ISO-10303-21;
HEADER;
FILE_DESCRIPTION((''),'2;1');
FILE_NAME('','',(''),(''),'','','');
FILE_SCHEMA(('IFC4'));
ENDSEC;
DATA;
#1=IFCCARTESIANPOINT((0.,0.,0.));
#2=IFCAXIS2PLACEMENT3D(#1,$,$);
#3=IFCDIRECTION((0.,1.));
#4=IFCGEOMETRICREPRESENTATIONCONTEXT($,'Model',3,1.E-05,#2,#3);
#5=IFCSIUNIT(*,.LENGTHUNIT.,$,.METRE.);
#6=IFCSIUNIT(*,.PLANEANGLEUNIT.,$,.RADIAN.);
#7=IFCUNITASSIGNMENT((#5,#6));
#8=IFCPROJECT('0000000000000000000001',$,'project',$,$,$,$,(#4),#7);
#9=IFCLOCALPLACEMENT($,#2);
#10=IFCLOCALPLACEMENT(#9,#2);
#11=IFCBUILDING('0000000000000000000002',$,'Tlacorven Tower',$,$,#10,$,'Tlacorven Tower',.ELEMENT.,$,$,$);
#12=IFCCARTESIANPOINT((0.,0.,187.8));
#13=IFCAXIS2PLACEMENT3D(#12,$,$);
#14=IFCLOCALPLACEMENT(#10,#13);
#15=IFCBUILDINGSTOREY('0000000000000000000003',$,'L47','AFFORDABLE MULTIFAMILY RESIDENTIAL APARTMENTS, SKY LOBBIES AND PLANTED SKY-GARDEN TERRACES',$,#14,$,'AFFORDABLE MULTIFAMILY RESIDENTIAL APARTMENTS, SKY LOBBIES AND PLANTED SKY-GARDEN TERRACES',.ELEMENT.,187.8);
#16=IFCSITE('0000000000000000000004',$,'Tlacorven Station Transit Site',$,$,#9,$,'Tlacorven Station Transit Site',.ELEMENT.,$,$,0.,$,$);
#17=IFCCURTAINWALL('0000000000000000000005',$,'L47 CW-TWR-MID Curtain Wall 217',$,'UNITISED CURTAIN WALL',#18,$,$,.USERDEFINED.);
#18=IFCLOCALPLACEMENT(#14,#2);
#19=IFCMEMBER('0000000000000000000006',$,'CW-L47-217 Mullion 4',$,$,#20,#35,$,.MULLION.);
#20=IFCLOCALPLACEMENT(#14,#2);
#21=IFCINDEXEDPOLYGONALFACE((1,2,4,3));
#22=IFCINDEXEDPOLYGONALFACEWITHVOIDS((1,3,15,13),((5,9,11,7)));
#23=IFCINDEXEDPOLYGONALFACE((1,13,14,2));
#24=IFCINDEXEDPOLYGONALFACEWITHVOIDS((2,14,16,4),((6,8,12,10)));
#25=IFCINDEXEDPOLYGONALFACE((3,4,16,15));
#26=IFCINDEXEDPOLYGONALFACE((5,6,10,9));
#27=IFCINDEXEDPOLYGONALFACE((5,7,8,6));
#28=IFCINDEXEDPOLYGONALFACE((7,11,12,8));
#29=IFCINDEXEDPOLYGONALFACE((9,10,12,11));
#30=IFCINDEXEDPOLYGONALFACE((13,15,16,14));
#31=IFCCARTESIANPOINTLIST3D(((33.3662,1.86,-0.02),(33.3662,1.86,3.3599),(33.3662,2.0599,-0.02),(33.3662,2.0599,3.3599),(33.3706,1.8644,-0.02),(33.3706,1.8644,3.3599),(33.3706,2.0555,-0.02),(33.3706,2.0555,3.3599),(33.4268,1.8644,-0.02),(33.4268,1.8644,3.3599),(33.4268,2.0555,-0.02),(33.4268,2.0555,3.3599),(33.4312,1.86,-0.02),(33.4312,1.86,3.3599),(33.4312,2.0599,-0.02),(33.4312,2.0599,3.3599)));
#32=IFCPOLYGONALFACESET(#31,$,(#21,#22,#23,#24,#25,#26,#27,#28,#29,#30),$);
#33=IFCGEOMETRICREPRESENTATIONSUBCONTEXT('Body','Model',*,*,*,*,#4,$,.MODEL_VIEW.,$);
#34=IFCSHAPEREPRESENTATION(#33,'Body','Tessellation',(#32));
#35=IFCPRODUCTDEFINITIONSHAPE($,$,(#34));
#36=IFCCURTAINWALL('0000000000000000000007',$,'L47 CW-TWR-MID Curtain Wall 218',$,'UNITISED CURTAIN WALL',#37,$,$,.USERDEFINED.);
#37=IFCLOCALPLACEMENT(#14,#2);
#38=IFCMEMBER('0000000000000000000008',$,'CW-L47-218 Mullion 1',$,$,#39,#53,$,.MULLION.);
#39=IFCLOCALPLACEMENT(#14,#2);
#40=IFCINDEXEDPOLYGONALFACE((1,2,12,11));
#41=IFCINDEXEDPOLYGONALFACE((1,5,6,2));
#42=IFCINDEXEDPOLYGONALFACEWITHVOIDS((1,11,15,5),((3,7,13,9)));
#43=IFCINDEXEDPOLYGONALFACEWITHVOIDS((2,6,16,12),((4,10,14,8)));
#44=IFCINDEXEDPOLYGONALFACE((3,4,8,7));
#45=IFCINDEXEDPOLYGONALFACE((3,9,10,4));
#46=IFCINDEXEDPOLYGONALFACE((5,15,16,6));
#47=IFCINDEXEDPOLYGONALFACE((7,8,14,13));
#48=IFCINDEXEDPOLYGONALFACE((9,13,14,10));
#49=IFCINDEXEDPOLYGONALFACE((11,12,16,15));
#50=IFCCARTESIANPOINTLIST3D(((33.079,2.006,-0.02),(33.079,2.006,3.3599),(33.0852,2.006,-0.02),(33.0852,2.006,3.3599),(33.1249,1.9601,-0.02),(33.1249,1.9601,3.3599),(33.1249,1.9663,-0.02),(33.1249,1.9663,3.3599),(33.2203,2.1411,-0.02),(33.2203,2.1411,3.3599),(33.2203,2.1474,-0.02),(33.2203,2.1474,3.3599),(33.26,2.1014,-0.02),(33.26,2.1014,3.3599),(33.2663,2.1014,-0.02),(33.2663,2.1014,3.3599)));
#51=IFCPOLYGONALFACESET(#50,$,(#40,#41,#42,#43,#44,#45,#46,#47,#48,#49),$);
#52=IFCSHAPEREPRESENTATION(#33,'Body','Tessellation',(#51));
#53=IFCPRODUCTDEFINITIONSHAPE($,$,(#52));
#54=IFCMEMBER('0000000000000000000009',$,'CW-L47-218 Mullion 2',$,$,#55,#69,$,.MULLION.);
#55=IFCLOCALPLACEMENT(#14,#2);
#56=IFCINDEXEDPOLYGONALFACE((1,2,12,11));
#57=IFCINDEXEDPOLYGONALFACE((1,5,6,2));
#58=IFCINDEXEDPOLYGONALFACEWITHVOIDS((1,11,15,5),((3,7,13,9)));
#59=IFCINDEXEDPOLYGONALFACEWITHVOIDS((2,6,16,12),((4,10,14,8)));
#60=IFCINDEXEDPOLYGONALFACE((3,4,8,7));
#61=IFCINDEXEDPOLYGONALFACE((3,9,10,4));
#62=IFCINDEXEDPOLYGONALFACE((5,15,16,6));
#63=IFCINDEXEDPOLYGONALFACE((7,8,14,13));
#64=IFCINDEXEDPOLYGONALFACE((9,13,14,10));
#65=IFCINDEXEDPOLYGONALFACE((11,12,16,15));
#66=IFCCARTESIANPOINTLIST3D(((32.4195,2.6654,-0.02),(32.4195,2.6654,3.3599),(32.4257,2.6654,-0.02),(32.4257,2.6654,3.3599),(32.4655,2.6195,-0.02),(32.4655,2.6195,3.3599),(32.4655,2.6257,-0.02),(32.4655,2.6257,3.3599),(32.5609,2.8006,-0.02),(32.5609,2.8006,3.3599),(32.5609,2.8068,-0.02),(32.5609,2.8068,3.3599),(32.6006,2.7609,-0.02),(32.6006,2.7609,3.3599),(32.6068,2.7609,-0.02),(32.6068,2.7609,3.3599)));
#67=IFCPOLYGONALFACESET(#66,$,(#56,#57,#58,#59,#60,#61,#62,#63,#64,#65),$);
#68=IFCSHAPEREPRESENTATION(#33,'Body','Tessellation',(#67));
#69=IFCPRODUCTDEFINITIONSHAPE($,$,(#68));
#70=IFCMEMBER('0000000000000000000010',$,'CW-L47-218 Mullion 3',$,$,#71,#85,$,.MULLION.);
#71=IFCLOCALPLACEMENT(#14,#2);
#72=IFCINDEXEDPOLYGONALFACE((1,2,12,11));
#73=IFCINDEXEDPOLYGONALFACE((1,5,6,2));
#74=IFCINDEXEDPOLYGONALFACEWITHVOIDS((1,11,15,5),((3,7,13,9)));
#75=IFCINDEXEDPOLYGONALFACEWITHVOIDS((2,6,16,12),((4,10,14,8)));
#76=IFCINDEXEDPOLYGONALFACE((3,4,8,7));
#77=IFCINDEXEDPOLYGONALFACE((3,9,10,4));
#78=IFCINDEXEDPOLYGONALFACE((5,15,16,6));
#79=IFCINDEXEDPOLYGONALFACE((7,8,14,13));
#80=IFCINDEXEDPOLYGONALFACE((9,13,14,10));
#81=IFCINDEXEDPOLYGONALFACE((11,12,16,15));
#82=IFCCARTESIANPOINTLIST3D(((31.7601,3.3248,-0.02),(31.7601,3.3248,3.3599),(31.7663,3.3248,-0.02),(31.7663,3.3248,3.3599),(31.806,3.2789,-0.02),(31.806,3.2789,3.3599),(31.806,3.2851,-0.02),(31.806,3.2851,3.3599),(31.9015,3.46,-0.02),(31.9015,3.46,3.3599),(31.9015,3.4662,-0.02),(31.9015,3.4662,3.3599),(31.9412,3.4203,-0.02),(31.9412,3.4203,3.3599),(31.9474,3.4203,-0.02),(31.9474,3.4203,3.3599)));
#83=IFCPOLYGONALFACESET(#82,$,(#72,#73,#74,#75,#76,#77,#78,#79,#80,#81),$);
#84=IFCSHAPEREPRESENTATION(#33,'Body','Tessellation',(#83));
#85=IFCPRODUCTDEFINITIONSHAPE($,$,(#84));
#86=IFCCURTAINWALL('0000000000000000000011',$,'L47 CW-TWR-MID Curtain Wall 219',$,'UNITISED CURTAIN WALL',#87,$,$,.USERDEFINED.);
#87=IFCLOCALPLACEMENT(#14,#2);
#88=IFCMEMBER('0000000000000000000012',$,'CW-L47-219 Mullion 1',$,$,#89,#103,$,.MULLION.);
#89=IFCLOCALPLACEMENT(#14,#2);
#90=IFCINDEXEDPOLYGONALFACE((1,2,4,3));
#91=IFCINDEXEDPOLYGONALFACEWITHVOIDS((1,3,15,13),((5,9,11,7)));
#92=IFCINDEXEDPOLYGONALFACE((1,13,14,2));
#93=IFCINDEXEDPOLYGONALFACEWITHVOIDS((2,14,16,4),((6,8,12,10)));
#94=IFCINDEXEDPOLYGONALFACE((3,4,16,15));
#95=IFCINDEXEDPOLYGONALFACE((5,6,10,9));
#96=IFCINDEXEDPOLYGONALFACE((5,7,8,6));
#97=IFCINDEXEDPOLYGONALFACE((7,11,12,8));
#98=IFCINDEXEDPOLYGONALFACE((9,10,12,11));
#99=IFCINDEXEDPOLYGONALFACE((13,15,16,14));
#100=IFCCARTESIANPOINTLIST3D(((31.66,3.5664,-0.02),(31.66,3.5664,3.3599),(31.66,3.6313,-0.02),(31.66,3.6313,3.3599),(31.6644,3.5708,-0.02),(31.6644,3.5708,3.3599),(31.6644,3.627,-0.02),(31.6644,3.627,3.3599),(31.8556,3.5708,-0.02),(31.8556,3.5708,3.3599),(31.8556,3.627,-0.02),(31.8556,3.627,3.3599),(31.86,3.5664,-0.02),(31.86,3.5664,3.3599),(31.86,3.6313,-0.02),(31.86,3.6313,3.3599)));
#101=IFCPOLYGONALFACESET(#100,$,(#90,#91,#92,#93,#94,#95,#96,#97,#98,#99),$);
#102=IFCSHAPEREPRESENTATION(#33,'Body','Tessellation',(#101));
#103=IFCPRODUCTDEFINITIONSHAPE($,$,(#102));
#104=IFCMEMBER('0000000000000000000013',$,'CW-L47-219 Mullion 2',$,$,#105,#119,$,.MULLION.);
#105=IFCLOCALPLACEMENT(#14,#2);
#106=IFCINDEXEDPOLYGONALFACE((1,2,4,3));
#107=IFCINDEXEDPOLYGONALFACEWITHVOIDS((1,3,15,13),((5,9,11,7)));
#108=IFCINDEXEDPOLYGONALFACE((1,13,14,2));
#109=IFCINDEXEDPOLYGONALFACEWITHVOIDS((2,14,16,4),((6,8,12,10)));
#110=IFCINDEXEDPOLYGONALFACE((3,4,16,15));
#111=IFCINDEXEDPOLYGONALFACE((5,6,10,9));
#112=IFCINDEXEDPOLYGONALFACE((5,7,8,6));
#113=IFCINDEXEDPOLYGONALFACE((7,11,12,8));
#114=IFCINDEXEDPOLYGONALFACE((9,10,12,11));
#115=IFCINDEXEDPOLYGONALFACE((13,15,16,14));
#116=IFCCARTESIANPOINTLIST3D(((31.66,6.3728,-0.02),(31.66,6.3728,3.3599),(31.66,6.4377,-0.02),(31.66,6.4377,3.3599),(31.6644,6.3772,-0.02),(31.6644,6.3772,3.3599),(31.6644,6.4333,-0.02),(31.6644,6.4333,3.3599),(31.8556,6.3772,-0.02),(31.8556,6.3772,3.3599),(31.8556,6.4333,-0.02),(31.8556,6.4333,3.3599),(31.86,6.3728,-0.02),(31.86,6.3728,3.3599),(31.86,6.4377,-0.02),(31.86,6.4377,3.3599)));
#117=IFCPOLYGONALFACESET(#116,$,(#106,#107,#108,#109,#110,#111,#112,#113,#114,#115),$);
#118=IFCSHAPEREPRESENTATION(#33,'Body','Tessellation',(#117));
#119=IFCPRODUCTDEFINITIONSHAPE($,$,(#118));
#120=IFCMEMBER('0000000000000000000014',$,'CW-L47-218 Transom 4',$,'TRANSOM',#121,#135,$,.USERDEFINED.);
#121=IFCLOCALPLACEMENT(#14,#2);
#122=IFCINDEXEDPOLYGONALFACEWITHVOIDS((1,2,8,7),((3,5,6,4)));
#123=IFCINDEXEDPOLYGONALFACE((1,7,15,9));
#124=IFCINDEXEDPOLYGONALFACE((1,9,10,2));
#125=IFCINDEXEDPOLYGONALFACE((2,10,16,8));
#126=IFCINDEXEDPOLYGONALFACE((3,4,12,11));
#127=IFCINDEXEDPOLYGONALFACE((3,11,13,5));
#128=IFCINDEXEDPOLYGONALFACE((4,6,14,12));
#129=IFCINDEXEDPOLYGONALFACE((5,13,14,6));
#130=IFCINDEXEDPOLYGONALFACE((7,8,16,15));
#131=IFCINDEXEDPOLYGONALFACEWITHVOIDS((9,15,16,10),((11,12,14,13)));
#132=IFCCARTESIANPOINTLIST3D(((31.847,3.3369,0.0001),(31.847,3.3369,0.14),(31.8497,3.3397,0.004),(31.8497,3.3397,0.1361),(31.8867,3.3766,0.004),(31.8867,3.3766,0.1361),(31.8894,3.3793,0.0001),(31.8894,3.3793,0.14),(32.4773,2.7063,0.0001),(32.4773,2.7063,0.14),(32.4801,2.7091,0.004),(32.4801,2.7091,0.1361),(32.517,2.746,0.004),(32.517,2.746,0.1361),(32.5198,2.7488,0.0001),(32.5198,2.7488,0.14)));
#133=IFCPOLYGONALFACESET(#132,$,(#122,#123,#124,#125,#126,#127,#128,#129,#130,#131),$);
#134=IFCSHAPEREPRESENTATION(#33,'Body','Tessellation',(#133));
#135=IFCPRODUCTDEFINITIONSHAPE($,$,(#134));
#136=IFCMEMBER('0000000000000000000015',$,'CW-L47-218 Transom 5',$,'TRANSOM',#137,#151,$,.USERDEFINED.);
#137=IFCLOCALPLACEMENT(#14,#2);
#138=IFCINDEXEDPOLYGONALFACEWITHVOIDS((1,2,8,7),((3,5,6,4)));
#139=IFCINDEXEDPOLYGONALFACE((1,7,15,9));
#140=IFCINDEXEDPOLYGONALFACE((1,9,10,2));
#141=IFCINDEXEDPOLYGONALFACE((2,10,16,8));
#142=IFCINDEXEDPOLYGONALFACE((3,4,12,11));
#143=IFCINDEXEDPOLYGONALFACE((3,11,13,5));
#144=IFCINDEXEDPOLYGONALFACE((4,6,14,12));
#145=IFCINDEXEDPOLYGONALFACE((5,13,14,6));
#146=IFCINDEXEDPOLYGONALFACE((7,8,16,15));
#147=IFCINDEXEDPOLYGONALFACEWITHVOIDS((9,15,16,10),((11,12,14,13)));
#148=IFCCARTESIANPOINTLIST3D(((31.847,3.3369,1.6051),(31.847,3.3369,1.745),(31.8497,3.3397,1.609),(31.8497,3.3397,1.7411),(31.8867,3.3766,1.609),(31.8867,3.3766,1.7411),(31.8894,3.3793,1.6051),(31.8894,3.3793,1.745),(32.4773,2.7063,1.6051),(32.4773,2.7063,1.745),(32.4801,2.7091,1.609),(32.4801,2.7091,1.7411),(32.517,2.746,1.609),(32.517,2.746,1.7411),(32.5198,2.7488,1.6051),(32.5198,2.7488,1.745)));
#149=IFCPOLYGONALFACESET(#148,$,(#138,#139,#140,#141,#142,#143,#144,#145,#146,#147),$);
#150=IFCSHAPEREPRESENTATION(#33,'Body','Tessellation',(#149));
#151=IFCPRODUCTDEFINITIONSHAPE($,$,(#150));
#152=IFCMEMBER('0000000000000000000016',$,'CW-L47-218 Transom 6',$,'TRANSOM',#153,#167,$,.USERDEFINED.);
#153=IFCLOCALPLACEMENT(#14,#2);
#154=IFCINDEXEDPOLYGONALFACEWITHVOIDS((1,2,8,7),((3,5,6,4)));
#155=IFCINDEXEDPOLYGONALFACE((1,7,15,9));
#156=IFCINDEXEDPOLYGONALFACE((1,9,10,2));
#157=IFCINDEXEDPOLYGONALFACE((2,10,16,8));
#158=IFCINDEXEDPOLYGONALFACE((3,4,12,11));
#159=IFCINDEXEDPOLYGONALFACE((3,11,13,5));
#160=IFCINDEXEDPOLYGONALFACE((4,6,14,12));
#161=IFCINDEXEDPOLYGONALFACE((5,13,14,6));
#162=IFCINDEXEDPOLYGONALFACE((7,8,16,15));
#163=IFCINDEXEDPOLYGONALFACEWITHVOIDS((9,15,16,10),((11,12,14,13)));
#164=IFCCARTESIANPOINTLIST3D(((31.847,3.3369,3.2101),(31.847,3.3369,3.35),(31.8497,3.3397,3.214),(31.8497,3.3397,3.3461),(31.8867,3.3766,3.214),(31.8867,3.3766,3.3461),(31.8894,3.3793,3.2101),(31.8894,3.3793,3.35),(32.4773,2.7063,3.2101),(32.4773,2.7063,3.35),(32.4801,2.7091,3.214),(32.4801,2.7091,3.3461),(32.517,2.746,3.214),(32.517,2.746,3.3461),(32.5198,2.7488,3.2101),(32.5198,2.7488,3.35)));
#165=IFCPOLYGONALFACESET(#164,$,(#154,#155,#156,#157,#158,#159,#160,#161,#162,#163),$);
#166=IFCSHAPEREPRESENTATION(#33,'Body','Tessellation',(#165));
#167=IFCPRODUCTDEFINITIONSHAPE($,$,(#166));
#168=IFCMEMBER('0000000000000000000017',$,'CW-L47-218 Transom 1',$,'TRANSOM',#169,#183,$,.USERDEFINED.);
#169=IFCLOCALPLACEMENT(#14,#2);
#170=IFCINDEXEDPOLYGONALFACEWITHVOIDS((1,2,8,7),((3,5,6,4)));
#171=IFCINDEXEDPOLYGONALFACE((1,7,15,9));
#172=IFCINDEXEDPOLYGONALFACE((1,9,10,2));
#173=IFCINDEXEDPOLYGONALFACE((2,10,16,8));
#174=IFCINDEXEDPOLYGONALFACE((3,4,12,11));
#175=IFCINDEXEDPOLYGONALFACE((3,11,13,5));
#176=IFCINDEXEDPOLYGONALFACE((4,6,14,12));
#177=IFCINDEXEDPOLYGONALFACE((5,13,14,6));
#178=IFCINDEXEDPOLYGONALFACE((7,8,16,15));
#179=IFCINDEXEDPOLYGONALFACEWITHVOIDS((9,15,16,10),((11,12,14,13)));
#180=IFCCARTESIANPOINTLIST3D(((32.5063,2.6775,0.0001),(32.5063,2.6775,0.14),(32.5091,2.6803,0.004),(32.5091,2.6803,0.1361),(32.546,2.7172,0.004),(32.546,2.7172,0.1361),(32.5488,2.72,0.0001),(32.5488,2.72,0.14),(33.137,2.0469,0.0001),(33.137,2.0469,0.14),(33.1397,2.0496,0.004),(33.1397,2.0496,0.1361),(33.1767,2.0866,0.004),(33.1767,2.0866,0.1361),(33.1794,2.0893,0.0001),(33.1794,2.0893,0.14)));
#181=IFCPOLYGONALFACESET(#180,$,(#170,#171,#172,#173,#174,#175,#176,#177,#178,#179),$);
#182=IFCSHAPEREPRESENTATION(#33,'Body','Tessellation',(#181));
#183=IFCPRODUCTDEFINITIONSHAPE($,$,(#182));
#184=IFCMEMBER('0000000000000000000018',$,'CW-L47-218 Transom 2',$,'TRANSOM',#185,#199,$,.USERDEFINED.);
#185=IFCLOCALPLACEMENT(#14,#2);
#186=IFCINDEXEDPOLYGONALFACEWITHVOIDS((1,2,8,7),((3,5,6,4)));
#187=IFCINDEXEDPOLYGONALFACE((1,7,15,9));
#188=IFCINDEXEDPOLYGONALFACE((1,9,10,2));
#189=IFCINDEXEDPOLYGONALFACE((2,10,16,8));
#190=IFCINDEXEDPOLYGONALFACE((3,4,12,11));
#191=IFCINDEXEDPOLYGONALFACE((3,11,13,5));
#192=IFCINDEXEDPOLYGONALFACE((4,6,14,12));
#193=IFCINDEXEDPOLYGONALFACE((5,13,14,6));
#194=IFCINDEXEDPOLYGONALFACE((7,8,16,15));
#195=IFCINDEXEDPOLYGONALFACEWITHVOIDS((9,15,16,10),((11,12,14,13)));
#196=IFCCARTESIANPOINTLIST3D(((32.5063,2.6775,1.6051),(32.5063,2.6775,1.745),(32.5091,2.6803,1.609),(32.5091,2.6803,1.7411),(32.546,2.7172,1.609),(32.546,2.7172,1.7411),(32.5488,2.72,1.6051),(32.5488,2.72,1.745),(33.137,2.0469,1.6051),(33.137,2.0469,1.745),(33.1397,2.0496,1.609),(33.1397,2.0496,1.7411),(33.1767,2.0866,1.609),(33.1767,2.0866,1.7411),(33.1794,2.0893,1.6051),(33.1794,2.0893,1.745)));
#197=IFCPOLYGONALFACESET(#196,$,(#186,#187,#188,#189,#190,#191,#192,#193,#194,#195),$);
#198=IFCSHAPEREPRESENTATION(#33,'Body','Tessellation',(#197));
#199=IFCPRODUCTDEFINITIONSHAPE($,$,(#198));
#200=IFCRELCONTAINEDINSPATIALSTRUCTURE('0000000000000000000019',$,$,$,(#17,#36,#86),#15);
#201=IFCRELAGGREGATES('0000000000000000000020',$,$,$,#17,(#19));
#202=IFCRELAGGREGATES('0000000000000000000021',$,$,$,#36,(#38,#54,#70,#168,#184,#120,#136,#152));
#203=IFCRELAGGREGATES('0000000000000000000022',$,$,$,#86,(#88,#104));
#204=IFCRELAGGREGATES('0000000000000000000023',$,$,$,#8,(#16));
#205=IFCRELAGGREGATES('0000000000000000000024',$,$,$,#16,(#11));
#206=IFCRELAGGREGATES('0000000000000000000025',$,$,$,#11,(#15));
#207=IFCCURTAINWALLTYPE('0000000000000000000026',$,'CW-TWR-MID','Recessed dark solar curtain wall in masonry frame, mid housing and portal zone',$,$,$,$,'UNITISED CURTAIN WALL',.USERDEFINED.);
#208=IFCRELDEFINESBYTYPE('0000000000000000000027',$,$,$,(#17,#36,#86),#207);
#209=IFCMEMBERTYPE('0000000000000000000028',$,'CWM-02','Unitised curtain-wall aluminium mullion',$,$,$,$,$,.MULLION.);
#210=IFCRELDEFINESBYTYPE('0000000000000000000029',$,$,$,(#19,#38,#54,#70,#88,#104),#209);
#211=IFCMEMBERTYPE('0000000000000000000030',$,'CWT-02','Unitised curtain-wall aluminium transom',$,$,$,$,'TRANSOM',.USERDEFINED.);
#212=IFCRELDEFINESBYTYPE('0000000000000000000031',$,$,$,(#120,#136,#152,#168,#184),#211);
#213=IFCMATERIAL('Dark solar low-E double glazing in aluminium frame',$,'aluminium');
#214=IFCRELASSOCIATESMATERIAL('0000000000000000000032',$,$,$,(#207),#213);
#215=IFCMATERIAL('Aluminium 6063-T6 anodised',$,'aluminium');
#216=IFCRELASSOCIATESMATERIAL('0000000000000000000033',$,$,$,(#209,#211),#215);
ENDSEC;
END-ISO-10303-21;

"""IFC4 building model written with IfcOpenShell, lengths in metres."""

from ifc_helpers import new_model, si_unit, direction, frame, origin, origin_2d, place, context, subcontext, project, spatial, hollow_rectangle, extrude, source, transform, mapped, material, material_profile, profile_set, type_object, element, aggregate, save


model = new_model("IFC4")

# Units and contexts
model_context = context("Model", 3, precision=1e-05, world=origin(), true_north=direction((0.0, 1.0)))
body_context = subcontext(model_context, "Body", "Model", "MODEL_VIEW")
ifc_project = project(units=[si_unit("LENGTHUNIT", "METRE"), si_unit("PLANEANGLEUNIT", "RADIAN")], contexts=[model_context])

# Site, building, storey
site_placement = place(None, origin())
site = spatial("IfcSite", under=ifc_project, at=site_placement, Name="Tlacorven Station Transit Site", LongName="Tlacorven Station Transit Site", CompositionType="ELEMENT", RefElevation=0.0)
building_placement = place(site_placement, origin())
building = spatial("IfcBuilding", under=site, at=building_placement, Name="Tlacorven Tower", LongName="Tlacorven Tower", CompositionType="ELEMENT")
storey_placement = place(building_placement, frame((0.0, 0.0, 187.8)))
storey = spatial("IfcBuildingStorey", under=building, at=storey_placement, Name="L47", Description="AFFORDABLE MULTIFAMILY RESIDENTIAL APARTMENTS, SKY LOBBIES AND PLANTED SKY-GARDEN TERRACES", LongName="AFFORDABLE MULTIFAMILY RESIDENTIAL APARTMENTS, SKY LOBBIES AND PLANTED SKY-GARDEN TERRACES", CompositionType="ELEMENT", Elevation=187.8)

# Curtain wall, member
ifc_material_1 = material(Name="Dark solar low-E double glazing in aluminium frame", Category="aluminium")
curtain_wall_type = type_object("IfcCurtainWallType", Name="CW-TWR-MID", Description="Recessed dark solar curtain wall in masonry frame, mid housing and portal zone", ElementType="UNITISED CURTAIN WALL", PredefinedType="USERDEFINED", material=ifc_material_1)
curtain_wall_1_placement = place(storey_placement, origin())
curtain_wall_1 = element("IfcCurtainWall", 1, at=curtain_wall_1_placement, inside=storey, type_object=curtain_wall_type, Name="L47 CW-TWR-MID Curtain Wall 217", ObjectType="UNITISED CURTAIN WALL", PredefinedType="USERDEFINED")
ifc_material_2 = material(Name="Aluminium 6063-T6 anodised", Category="aluminium")
ifc_material_profile_1 = material_profile(ifc_material_2, hollow_rectangle(XDim=0.0649, YDim=0.2, WallThickness=0.0044, at=origin_2d()), Name="ALU MULLION 65X200")
ifc_profile_set_1 = profile_set([ifc_material_profile_1], Name="Aluminium 6063-T6 anodised")
member_type_1 = type_object("IfcMemberType", Name="CWM-02", Description="Unitised curtain-wall aluminium mullion", PredefinedType="MULLION", material=ifc_profile_set_1)
shared_shape_1 = source(origin(), body_context, "Body", "SweptSolid", [
    extrude(hollow_rectangle(XDim=0.0649, YDim=0.2, WallThickness=0.0044, at=origin_2d()), origin(), (0.0, 0.0, 1.0), 3.3799),
])
member_1_placement = place(storey_placement, frame((33.3987, 1.96, -0.02), z_axis=(0.0, 0.0, 1.0), x_axis=(-1.0, 0.0, 0.0)))
member_1 = element("IfcMember", 2, at=member_1_placement, type_object=member_type_1, Name="CW-L47-217 Mullion 4", PredefinedType="MULLION", context=body_context, shape_type="MappedRepresentation", body=[
    mapped(shared_shape_1, transform((0.0, 0.0, 0.0), scale=1.0)),
])
aggregate(curtain_wall_1, [member_1])

# Curtain walls, members
curtain_wall_2_placement = place(storey_placement, origin())
curtain_wall_2 = element("IfcCurtainWall", 3, at=curtain_wall_2_placement, inside=storey, type_object=curtain_wall_type, Name="L47 CW-TWR-MID Curtain Wall 218", ObjectType="UNITISED CURTAIN WALL", PredefinedType="USERDEFINED")
member_2_placement = place(storey_placement, frame((33.1726, 2.0537, -0.02), z_axis=(0.0, 0.0, 1.0), x_axis=(-0.707107, 0.707107, 0.0)))
member_2 = element("IfcMember", 4, at=member_2_placement, type_object=member_type_1, Name="CW-L47-218 Mullion 1", PredefinedType="MULLION", context=body_context, shape_type="MappedRepresentation", body=[
    mapped(shared_shape_1, transform((0.0, 0.0, 0.0), scale=1.0)),
])
member_3_placement = place(storey_placement, frame((32.5132, 2.7131, -0.02), z_axis=(0.0, 0.0, 1.0), x_axis=(-0.707107, 0.707107, 0.0)))
member_3 = element("IfcMember", 5, at=member_3_placement, type_object=member_type_1, Name="CW-L47-218 Mullion 2", PredefinedType="MULLION", context=body_context, shape_type="MappedRepresentation", body=[
    mapped(shared_shape_1, transform((0.0, 0.0, 0.0), scale=1.0)),
])
member_4_placement = place(storey_placement, frame((31.8538, 3.3726, -0.02), z_axis=(0.0, 0.0, 1.0), x_axis=(-0.707107, 0.707107, 0.0)))
member_4 = element("IfcMember", 6, at=member_4_placement, type_object=member_type_1, Name="CW-L47-218 Mullion 3", PredefinedType="MULLION", context=body_context, shape_type="MappedRepresentation", body=[
    mapped(shared_shape_1, transform((0.0, 0.0, 0.0), scale=1.0)),
])
curtain_wall_3_placement = place(storey_placement, origin())
curtain_wall_3 = element("IfcCurtainWall", 7, at=curtain_wall_3_placement, inside=storey, type_object=curtain_wall_type, Name="L47 CW-TWR-MID Curtain Wall 219", ObjectType="UNITISED CURTAIN WALL", PredefinedType="USERDEFINED")
member_5_placement = place(storey_placement, frame((31.76, 3.5989, -0.02), z_axis=(0.0, 0.0, 1.0), x_axis=(0.0, 1.0, 0.0)))
member_5 = element("IfcMember", 8, at=member_5_placement, type_object=member_type_1, Name="CW-L47-219 Mullion 1", PredefinedType="MULLION", context=body_context, shape_type="MappedRepresentation", body=[
    mapped(shared_shape_1, transform((0.0, 0.0, 0.0), scale=1.0)),
])
member_6_placement = place(storey_placement, frame((31.76, 6.4053, -0.02), z_axis=(0.0, 0.0, 1.0), x_axis=(0.0, 1.0, 0.0)))
member_6 = element("IfcMember", 9, at=member_6_placement, type_object=member_type_1, Name="CW-L47-219 Mullion 2", PredefinedType="MULLION", context=body_context, shape_type="MappedRepresentation", body=[
    mapped(shared_shape_1, transform((0.0, 0.0, 0.0), scale=1.0)),
])

# Members
ifc_material_profile_2 = material_profile(ifc_material_2, hollow_rectangle(XDim=0.0601, YDim=0.1399, WallThickness=0.0039, at=origin_2d()), Name="ALU TRANSOM 60X140")
ifc_profile_set_2 = profile_set([ifc_material_profile_2], Name="Aluminium 6063-T6 anodised")
member_type_2 = type_object("IfcMemberType", Name="CWT-02", Description="Unitised curtain-wall aluminium transom", ElementType="TRANSOM", PredefinedType="USERDEFINED", material=ifc_profile_set_2)
shared_shape_2 = source(origin(), body_context, "Body", "SweptSolid", [
    extrude(hollow_rectangle(XDim=0.0601, YDim=0.1399, WallThickness=0.0039, at=origin_2d()), origin(), (0.0, 0.0, 1.0), 0.8916),
])
member_7_placement = place(storey_placement, frame((32.4985, 2.7275, 0.0701), z_axis=(-0.70697, 0.707244, 0.0), x_axis=(-0.707244, -0.70697, 0.0)))
member_7 = element("IfcMember", 10, at=member_7_placement, type_object=member_type_2, Name="CW-L47-218 Transom 4", ObjectType="TRANSOM", PredefinedType="USERDEFINED", context=body_context, shape_type="MappedRepresentation", body=[
    mapped(shared_shape_2, transform((0.0, 0.0, 0.0), scale=1.0)),
])
member_8_placement = place(storey_placement, frame((32.4985, 2.7275, 1.675), z_axis=(-0.70697, 0.707244, 0.0), x_axis=(-0.707244, -0.70697, 0.0)))
member_8 = element("IfcMember", 11, at=member_8_placement, type_object=member_type_2, Name="CW-L47-218 Transom 5", ObjectType="TRANSOM", PredefinedType="USERDEFINED", context=body_context, shape_type="MappedRepresentation", body=[
    mapped(shared_shape_2, transform((0.0, 0.0, 0.0), scale=1.0)),
])
member_9_placement = place(storey_placement, frame((32.4985, 2.7275, 3.28), z_axis=(-0.70697, 0.707244, 0.0), x_axis=(-0.707244, -0.70697, 0.0)))
member_9 = element("IfcMember", 12, at=member_9_placement, type_object=member_type_2, Name="CW-L47-218 Transom 6", ObjectType="TRANSOM", PredefinedType="USERDEFINED", context=body_context, shape_type="MappedRepresentation", body=[
    mapped(shared_shape_2, transform((0.0, 0.0, 0.0), scale=1.0)),
])
shared_shape_3 = source(origin(), body_context, "Body", "SweptSolid", [
    extrude(hollow_rectangle(XDim=0.0601, YDim=0.1399, WallThickness=0.0039, at=origin_2d()), origin(), (0.0, 0.0, 1.0), 0.8918),
])
member_10_placement = place(storey_placement, frame((33.1582, 2.0681, 0.0701), z_axis=(-0.707107, 0.707107, 0.0), x_axis=(-0.707107, -0.707107, 0.0)))
member_10 = element("IfcMember", 13, at=member_10_placement, type_object=member_type_2, Name="CW-L47-218 Transom 1", ObjectType="TRANSOM", PredefinedType="USERDEFINED", context=body_context, shape_type="MappedRepresentation", body=[
    mapped(shared_shape_3, transform((0.0, 0.0, 0.0), scale=1.0)),
])
member_11_placement = place(storey_placement, frame((33.1582, 2.0681, 1.675), z_axis=(-0.707107, 0.707107, 0.0), x_axis=(-0.707107, -0.707107, 0.0)))
member_11 = element("IfcMember", 14, at=member_11_placement, type_object=member_type_2, Name="CW-L47-218 Transom 2", ObjectType="TRANSOM", PredefinedType="USERDEFINED", context=body_context, shape_type="MappedRepresentation", body=[
    mapped(shared_shape_3, transform((0.0, 0.0, 0.0), scale=1.0)),
])

aggregate(curtain_wall_2, [member_2, member_3, member_4, member_10, member_11, member_7, member_8, member_9])
aggregate(curtain_wall_3, [member_5, member_6])

save(model, "model.ifc")
